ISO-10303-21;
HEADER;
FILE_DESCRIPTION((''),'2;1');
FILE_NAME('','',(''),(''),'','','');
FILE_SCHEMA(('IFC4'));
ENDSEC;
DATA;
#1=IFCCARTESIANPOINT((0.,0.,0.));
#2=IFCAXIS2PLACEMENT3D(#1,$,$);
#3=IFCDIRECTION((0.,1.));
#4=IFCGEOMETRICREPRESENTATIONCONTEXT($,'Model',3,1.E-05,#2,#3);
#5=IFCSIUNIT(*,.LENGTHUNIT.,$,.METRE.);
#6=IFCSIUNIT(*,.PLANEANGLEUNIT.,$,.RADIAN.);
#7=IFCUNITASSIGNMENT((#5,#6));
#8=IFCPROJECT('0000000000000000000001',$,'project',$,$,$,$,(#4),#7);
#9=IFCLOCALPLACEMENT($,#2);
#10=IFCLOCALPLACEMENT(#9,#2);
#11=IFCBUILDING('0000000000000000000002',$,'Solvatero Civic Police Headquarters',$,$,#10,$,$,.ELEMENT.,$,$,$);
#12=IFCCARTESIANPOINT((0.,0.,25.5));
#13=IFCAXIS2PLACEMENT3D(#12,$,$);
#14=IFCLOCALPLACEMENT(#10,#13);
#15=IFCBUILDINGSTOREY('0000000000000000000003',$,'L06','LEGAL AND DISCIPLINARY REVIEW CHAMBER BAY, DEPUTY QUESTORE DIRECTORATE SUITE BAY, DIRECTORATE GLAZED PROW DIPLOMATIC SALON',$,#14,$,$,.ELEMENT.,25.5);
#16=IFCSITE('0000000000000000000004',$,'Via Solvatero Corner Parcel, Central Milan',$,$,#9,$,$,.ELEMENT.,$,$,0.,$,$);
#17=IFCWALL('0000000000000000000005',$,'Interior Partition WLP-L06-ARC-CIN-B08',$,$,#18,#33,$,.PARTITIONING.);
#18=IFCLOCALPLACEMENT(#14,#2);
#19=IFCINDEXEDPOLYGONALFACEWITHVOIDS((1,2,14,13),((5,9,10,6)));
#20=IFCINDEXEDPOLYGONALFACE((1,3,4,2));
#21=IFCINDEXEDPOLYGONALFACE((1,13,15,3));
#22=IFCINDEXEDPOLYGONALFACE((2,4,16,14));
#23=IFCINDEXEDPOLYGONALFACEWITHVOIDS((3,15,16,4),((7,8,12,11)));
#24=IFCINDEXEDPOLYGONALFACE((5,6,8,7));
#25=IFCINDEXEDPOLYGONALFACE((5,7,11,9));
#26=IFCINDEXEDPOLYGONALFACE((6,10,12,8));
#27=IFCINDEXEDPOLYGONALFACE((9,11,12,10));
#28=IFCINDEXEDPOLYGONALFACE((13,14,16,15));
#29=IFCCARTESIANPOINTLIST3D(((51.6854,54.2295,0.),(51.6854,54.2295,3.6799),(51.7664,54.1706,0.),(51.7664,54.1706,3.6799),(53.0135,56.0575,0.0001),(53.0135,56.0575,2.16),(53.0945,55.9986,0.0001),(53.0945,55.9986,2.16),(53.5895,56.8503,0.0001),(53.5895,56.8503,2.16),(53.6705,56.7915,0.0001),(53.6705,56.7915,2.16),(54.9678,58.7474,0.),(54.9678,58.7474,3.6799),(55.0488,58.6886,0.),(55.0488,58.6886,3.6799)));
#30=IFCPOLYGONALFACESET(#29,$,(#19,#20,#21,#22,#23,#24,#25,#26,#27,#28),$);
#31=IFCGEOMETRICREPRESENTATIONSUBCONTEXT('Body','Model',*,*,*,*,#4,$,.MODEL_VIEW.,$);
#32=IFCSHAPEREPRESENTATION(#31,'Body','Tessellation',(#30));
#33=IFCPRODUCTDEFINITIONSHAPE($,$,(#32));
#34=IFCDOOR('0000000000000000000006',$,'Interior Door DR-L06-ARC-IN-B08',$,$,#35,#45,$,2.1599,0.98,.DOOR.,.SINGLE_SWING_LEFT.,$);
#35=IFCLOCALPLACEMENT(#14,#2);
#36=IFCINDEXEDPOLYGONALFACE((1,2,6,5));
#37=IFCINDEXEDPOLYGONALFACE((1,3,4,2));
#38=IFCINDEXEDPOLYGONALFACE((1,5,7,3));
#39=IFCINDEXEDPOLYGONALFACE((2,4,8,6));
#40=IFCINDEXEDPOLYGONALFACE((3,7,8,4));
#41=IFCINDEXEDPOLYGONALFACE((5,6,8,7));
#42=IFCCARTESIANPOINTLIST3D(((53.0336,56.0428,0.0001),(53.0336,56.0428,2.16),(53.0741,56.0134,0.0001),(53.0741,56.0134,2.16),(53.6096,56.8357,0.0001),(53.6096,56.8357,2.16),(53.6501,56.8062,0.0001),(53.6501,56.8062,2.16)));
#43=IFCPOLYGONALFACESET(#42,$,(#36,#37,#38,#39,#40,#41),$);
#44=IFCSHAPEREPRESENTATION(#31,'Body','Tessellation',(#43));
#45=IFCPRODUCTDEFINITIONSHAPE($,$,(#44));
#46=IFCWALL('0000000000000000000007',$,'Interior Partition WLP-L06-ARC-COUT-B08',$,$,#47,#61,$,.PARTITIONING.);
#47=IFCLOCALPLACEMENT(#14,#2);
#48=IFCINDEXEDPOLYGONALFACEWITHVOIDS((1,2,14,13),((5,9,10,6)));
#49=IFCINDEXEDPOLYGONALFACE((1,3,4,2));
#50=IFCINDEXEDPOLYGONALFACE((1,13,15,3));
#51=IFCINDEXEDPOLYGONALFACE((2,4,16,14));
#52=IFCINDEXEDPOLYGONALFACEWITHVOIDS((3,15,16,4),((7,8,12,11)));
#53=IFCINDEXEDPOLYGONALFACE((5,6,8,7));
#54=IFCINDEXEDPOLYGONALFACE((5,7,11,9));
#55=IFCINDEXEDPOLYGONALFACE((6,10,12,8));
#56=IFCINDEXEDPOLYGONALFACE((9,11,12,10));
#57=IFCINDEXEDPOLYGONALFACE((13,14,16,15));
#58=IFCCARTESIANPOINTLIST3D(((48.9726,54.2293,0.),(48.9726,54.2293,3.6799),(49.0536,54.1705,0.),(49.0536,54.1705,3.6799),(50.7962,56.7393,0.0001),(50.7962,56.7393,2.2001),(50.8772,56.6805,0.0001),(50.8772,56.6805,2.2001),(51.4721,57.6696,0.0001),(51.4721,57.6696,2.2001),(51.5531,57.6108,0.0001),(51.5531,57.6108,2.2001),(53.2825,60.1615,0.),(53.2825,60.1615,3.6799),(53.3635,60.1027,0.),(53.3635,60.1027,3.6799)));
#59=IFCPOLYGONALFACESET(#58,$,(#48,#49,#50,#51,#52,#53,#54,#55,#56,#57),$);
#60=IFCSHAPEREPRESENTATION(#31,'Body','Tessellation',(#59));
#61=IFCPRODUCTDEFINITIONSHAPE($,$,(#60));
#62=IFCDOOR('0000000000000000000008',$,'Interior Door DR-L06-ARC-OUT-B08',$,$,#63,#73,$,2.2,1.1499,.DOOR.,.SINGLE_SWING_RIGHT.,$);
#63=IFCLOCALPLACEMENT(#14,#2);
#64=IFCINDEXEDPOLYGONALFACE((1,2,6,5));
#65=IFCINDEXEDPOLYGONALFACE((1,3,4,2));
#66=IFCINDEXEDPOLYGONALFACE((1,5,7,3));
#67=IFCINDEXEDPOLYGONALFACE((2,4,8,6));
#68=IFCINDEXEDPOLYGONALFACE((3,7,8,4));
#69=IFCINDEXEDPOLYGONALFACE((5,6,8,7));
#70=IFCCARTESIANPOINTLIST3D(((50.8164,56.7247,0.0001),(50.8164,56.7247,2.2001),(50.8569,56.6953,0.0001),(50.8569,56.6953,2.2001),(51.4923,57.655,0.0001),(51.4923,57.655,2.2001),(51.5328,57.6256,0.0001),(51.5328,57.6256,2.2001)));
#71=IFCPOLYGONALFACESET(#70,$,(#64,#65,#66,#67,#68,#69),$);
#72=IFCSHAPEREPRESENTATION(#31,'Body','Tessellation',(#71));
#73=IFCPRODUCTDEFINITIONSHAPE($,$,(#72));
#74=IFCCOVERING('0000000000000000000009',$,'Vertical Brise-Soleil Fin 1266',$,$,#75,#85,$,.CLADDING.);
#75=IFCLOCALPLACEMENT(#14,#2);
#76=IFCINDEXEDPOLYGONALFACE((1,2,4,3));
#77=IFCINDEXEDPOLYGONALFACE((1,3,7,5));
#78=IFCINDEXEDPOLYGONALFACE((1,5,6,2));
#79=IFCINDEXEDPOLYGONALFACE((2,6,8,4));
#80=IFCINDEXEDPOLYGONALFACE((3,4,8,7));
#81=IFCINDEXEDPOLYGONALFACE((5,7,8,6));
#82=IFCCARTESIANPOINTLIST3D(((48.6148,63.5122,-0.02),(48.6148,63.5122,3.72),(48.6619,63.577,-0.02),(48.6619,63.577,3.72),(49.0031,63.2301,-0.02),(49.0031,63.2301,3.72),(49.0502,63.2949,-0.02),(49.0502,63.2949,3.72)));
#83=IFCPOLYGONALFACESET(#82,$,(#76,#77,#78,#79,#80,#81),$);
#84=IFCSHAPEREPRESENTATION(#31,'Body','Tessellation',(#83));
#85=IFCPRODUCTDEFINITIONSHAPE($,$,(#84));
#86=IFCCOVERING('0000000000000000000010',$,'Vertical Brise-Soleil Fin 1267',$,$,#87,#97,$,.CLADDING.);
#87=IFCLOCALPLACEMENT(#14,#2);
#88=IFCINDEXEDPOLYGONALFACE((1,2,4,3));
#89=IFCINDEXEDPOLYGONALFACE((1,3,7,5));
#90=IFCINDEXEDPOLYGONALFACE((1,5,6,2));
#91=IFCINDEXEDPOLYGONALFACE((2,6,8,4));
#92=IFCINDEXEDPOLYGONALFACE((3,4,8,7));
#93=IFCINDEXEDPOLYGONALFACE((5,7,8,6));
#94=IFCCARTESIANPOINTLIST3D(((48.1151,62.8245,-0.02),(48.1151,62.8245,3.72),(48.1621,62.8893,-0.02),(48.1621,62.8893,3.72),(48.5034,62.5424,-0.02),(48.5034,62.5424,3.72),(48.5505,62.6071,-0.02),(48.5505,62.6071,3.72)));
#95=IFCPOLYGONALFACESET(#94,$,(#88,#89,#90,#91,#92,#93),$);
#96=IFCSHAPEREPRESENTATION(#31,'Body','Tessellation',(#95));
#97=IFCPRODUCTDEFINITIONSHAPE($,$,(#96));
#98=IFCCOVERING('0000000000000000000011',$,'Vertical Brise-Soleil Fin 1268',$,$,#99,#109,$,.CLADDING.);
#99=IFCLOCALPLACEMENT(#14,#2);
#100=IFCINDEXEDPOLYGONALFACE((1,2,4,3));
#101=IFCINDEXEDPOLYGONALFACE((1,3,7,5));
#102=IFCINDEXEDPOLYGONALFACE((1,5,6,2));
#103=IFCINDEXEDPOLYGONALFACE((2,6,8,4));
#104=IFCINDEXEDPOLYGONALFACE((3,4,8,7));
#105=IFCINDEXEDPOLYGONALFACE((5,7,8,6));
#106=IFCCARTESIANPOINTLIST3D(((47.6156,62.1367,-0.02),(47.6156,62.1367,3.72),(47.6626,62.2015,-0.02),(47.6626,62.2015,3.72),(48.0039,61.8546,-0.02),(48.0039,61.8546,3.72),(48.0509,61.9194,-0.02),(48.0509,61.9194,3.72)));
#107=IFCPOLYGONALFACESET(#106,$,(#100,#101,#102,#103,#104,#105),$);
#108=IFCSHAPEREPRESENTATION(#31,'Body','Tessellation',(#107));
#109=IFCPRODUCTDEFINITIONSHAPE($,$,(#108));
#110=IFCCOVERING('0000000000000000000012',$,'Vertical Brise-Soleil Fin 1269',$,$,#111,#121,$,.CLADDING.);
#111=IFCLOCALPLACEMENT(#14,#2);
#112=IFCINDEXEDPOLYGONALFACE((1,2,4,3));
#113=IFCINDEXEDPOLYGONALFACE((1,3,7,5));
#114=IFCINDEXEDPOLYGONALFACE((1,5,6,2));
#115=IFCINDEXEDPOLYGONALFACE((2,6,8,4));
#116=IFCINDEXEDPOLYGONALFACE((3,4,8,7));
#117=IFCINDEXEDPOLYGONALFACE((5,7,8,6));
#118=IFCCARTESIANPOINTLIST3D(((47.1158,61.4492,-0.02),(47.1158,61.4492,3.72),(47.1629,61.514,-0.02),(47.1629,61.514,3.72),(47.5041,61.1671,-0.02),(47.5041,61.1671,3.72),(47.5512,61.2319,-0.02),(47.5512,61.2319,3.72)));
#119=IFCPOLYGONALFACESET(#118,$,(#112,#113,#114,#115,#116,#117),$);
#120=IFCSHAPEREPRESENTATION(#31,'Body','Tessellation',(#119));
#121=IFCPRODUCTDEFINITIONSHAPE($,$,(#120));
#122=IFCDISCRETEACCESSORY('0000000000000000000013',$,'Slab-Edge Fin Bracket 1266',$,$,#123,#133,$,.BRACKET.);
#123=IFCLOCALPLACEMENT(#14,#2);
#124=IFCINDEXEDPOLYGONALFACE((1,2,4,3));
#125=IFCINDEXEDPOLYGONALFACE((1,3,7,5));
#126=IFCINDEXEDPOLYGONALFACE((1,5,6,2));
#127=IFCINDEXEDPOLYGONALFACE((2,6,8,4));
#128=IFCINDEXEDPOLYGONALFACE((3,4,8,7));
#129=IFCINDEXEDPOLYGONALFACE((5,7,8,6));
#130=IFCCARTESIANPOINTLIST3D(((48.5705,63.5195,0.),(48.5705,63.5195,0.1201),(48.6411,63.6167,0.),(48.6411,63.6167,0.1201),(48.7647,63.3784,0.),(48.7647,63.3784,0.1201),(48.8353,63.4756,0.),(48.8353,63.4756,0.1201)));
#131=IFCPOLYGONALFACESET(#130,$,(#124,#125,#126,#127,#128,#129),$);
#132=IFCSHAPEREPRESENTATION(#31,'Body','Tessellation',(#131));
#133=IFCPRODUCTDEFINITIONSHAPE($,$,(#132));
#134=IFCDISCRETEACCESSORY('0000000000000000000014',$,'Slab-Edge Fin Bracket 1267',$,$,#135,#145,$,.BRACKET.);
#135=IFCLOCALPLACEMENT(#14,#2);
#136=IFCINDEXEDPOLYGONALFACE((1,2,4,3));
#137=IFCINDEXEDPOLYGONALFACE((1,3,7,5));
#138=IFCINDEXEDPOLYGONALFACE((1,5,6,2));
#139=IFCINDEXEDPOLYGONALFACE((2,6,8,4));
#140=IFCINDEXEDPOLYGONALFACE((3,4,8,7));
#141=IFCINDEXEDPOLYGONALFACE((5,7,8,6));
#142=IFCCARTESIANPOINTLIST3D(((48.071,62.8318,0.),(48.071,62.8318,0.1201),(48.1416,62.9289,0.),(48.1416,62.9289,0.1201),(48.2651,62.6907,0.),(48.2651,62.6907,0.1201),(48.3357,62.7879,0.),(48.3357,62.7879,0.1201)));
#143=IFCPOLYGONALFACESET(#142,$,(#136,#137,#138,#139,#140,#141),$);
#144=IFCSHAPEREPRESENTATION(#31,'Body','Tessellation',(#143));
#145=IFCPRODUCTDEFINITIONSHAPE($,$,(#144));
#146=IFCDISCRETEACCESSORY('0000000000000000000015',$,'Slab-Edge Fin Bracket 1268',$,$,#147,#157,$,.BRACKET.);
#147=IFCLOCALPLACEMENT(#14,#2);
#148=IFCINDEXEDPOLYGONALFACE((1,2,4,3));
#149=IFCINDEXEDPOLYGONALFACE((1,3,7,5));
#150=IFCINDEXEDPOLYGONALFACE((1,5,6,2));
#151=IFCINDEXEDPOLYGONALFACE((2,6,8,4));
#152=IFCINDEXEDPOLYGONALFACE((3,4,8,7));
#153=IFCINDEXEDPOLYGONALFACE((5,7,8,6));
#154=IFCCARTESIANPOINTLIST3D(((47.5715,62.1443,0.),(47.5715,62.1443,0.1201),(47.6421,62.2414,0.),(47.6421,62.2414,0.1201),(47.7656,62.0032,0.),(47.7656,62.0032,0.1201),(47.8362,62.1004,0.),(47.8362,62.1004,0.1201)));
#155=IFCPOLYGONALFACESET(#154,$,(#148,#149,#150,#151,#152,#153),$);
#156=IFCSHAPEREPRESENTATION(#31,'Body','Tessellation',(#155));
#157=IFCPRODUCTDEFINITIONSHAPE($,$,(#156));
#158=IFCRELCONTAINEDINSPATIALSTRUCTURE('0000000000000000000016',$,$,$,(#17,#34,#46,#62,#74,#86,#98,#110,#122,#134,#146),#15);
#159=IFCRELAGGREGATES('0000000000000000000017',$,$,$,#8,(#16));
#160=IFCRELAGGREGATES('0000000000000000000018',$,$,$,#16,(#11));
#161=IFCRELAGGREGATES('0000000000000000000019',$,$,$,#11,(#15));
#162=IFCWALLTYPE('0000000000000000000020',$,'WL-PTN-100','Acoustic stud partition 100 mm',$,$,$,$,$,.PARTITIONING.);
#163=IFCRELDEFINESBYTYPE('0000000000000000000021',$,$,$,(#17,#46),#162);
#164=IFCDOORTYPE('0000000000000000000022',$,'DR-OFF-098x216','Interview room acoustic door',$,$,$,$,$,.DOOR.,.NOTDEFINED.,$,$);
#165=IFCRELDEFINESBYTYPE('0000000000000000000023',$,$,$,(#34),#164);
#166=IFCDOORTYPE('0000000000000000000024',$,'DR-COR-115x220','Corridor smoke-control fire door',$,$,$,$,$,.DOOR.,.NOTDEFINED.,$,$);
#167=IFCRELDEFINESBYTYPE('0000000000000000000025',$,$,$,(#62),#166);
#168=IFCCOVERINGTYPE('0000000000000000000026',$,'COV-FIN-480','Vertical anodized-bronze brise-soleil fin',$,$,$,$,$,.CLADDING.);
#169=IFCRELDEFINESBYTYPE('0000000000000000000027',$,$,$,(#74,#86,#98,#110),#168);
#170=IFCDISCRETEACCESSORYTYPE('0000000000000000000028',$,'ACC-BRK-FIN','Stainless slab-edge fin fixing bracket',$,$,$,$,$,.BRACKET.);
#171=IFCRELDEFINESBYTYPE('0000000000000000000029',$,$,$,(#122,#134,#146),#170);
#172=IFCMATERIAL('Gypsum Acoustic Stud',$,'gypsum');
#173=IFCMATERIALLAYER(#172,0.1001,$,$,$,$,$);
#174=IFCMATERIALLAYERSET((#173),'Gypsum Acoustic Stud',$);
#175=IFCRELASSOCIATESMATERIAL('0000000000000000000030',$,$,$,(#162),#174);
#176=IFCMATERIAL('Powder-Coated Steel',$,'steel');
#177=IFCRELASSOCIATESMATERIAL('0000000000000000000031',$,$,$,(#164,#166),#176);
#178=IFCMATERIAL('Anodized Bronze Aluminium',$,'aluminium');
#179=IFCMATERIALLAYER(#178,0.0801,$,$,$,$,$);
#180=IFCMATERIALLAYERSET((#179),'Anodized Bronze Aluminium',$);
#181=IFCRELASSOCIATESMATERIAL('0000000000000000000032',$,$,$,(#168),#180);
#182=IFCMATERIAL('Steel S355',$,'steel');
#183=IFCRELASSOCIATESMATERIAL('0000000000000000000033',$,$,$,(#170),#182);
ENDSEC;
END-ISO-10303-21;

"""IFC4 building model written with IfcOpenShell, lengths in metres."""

from ifc_helpers import new_model, si_unit, direction, frame, frame_2d, origin, origin_2d, place, context, subcontext, project, spatial, rectangle, extrude, material, layer, layer_set, type_object, element, fill, save


model = new_model("IFC4")

# Units and contexts
model_context = context("Model", 3, precision=1e-05, world=origin(), true_north=direction((0.0, 1.0)))
body_context = subcontext(model_context, "Body", "Model", "MODEL_VIEW")
ifc_project = project(units=[si_unit("LENGTHUNIT", "METRE"), si_unit("PLANEANGLEUNIT", "RADIAN")], contexts=[model_context])

# Site, building, storey
site_placement = place(None, origin())
site = spatial("IfcSite", under=ifc_project, at=site_placement, Name="Via Solvatero Corner Parcel, Central Milan", CompositionType="ELEMENT", RefElevation=0.0)
building_placement = place(site_placement, origin())
building = spatial("IfcBuilding", under=site, at=building_placement, Name="Solvatero Civic Police Headquarters", CompositionType="ELEMENT")
storey_placement = place(building_placement, frame((0.0, 0.0, 25.5)))
storey = spatial("IfcBuildingStorey", under=building, at=storey_placement, Name="L06", Description="LEGAL AND DISCIPLINARY REVIEW CHAMBER BAY, DEPUTY QUESTORE DIRECTORATE SUITE BAY, DIRECTORATE GLAZED PROW DIPLOMATIC SALON", CompositionType="ELEMENT", Elevation=25.5)

# Shared definitions
ifc_material_1 = material(Name="Steel S355", Category="steel")

# Shared definitions
ifc_material_2 = material(Name="Anodized Bronze Aluminium", Category="aluminium")

# Walls, openings, doors
ifc_material_3 = material(Name="Gypsum Acoustic Stud", Category="gypsum")
ifc_layer_1 = layer(ifc_material_3, 0.1001)
ifc_layer_set_1 = layer_set([ifc_layer_1], Name="Gypsum Acoustic Stud")
wall_type = type_object("IfcWallType", Name="WL-PTN-100", Description="Acoustic stud partition 100 mm", PredefinedType="PARTITIONING", material=ifc_layer_set_1)
wall_1_placement = place(storey_placement, frame((55.0083, 58.718, 0.0), z_axis=(0.0, 0.0, 1.0), x_axis=(-0.587774, -0.809025, 0.0)))
wall_1 = element("IfcWall", 1, at=wall_1_placement, inside=storey, type_object=wall_type, Name="Interior Partition WLP-L06-ARC-CIN-B08", PredefinedType="PARTITIONING", context=body_context, shape_type="SweptSolid", body=[
    extrude(rectangle(XDim=5.5845, YDim=0.1001, at=frame_2d((2.7922, 0.0))), origin(), (0.0, 0.0, 1.0), 3.6799),
])
opening_1_placement = place(wall_1_placement, frame((2.345, 0.0, 0.0)))
opening_1 = element("IfcOpeningElement", 2, at=opening_1_placement, cuts=wall_1, PredefinedType="OPENING", context=body_context, shape_type="SweptSolid", body=[
    extrude(rectangle(XDim=0.98, YDim=2.1599, at=frame_2d((0.49, 1.0801))), frame((0.0, 0.0601, 0.0), z_axis=(0.0, -1.0, 0.0), x_axis=(1.0, 0.0, 0.0)), (0.0, 0.0, 1.0), 0.1201),
])
ifc_material_4 = material(Name="Powder-Coated Steel", Category="steel")
door_type_1 = type_object("IfcDoorType", Name="DR-OFF-098x216", Description="Interview room acoustic door", OperationType="NOTDEFINED", PredefinedType="DOOR", material=ifc_material_4)
door_1_placement = place(opening_1_placement, origin())
door_1 = element("IfcDoor", 3, at=door_1_placement, inside=storey, type_object=door_type_1, Name="Interior Door DR-L06-ARC-IN-B08", OperationType="SINGLE_SWING_LEFT", OverallHeight=2.1599, OverallWidth=0.98, PredefinedType="DOOR", context=body_context, shape_type="SweptSolid", body=[
    extrude(rectangle(XDim=0.98, YDim=2.1599, at=frame_2d((0.49, 1.0801))), frame((0.0, 0.0249, 0.0), z_axis=(0.0, -1.0, 0.0), x_axis=(1.0, 0.0, 0.0)), (0.0, 0.0, 1.0), 0.05),
])
fill(opening_1, door_1)
wall_2_placement = place(storey_placement, frame((53.323, 60.1321, 0.0), z_axis=(0.0, 0.0, 1.0), x_axis=(-0.587774, -0.809025, 0.0)))
wall_2 = element("IfcWall", 4, at=wall_2_placement, inside=storey, type_object=wall_type, Name="Interior Partition WLP-L06-ARC-COUT-B08", PredefinedType="PARTITIONING", context=body_context, shape_type="SweptSolid", body=[
    extrude(rectangle(XDim=7.3325, YDim=0.1001, at=frame_2d((3.6663, 0.0))), origin(), (0.0, 0.0, 1.0), 3.6799),
])
opening_2_placement = place(wall_2_placement, frame((3.0801, 0.0, 0.0)))
opening_2 = element("IfcOpeningElement", 5, at=opening_2_placement, cuts=wall_2, PredefinedType="OPENING", context=body_context, shape_type="SweptSolid", body=[
    extrude(rectangle(XDim=1.1499, YDim=2.2, at=frame_2d((0.575, 1.1001))), frame((0.0, 0.0601, 0.0), z_axis=(0.0, -1.0, 0.0), x_axis=(1.0, 0.0, 0.0)), (0.0, 0.0, 1.0), 0.1201),
])
door_type_2 = type_object("IfcDoorType", Name="DR-COR-115x220", Description="Corridor smoke-control fire door", OperationType="NOTDEFINED", PredefinedType="DOOR", material=ifc_material_4)
door_2_placement = place(opening_2_placement, origin())
door_2 = element("IfcDoor", 6, at=door_2_placement, inside=storey, type_object=door_type_2, Name="Interior Door DR-L06-ARC-OUT-B08", OperationType="SINGLE_SWING_RIGHT", OverallHeight=2.2, OverallWidth=1.1499, PredefinedType="DOOR", context=body_context, shape_type="SweptSolid", body=[
    extrude(rectangle(XDim=1.1499, YDim=2.2, at=frame_2d((0.575, 1.1001))), frame((0.0, 0.0249, 0.0), z_axis=(0.0, -1.0, 0.0), x_axis=(1.0, 0.0, 0.0)), (0.0, 0.0, 1.0), 0.05),
])
fill(opening_2, door_2)

# Coverings
ifc_layer_2 = layer(ifc_material_2, 0.0801)
ifc_layer_set_2 = layer_set([ifc_layer_2], Name="Anodized Bronze Aluminium")
covering_type = type_object("IfcCoveringType", Name="COV-FIN-480", Description="Vertical anodized-bronze brise-soleil fin", PredefinedType="CLADDING", material=ifc_layer_set_2)
for number, where, z_axis, x_axis, name in (
    (7, (48.8325, 63.4036, -0.02), (0.0, 0.0, 1.0), (-0.587785, -0.809017, 0.0), "Vertical Brise-Soleil Fin 1266"),
    (8, (48.3328, 62.7158, -0.02), (0.0, 0.0, 1.0), (-0.587785, -0.809017, 0.0), "Vertical Brise-Soleil Fin 1267"),
    (9, (47.8333, 62.0281, -0.02), (0.0, 0.0, 1.0), (-0.587785, -0.809017, 0.0), "Vertical Brise-Soleil Fin 1268"),
    (10, (47.3335, 61.3406, -0.02), (0.0, 0.0, 1.0), (-0.587785, -0.809017, 0.0), "Vertical Brise-Soleil Fin 1269"),
):
    element("IfcCovering", number, at=place(storey_placement, frame(where, z_axis=z_axis, x_axis=x_axis)), inside=storey, type_object=covering_type, Name=name, PredefinedType="CLADDING", context=body_context, shape_type="SweptSolid", body=[
        extrude(rectangle(XDim=0.0801, YDim=0.48, at=origin_2d()), origin(), (0.0, 0.0, 1.0), 3.74),
    ])

# Discrete accessories
discrete_accessory_type = type_object("IfcDiscreteAccessoryType", Name="ACC-BRK-FIN", Description="Stainless slab-edge fin fixing bracket", PredefinedType="BRACKET", material=ifc_material_1)
for number, where, z_axis, x_axis, name in (
    (11, (48.7029, 63.4976, 0.0), (0.0, 0.0, 1.0), (-0.587785, -0.809017, 0.0), "Slab-Edge Fin Bracket 1266"),
    (12, (48.2034, 62.8098, 0.0), (0.0, 0.0, 1.0), (-0.587785, -0.809017, 0.0), "Slab-Edge Fin Bracket 1267"),
    (13, (47.7039, 62.1223, 0.0), (0.0, 0.0, 1.0), (-0.587785, -0.809017, 0.0), "Slab-Edge Fin Bracket 1268"),
):
    element("IfcDiscreteAccessory", number, at=place(storey_placement, frame(where, z_axis=z_axis, x_axis=x_axis)), inside=storey, type_object=discrete_accessory_type, Name=name, PredefinedType="BRACKET", context=body_context, shape_type="SweptSolid", body=[
        extrude(rectangle(XDim=0.1201, YDim=0.24, at=origin_2d()), origin(), (0.0, 0.0, 1.0), 0.1201),
    ])

save(model, "model.ifc")
